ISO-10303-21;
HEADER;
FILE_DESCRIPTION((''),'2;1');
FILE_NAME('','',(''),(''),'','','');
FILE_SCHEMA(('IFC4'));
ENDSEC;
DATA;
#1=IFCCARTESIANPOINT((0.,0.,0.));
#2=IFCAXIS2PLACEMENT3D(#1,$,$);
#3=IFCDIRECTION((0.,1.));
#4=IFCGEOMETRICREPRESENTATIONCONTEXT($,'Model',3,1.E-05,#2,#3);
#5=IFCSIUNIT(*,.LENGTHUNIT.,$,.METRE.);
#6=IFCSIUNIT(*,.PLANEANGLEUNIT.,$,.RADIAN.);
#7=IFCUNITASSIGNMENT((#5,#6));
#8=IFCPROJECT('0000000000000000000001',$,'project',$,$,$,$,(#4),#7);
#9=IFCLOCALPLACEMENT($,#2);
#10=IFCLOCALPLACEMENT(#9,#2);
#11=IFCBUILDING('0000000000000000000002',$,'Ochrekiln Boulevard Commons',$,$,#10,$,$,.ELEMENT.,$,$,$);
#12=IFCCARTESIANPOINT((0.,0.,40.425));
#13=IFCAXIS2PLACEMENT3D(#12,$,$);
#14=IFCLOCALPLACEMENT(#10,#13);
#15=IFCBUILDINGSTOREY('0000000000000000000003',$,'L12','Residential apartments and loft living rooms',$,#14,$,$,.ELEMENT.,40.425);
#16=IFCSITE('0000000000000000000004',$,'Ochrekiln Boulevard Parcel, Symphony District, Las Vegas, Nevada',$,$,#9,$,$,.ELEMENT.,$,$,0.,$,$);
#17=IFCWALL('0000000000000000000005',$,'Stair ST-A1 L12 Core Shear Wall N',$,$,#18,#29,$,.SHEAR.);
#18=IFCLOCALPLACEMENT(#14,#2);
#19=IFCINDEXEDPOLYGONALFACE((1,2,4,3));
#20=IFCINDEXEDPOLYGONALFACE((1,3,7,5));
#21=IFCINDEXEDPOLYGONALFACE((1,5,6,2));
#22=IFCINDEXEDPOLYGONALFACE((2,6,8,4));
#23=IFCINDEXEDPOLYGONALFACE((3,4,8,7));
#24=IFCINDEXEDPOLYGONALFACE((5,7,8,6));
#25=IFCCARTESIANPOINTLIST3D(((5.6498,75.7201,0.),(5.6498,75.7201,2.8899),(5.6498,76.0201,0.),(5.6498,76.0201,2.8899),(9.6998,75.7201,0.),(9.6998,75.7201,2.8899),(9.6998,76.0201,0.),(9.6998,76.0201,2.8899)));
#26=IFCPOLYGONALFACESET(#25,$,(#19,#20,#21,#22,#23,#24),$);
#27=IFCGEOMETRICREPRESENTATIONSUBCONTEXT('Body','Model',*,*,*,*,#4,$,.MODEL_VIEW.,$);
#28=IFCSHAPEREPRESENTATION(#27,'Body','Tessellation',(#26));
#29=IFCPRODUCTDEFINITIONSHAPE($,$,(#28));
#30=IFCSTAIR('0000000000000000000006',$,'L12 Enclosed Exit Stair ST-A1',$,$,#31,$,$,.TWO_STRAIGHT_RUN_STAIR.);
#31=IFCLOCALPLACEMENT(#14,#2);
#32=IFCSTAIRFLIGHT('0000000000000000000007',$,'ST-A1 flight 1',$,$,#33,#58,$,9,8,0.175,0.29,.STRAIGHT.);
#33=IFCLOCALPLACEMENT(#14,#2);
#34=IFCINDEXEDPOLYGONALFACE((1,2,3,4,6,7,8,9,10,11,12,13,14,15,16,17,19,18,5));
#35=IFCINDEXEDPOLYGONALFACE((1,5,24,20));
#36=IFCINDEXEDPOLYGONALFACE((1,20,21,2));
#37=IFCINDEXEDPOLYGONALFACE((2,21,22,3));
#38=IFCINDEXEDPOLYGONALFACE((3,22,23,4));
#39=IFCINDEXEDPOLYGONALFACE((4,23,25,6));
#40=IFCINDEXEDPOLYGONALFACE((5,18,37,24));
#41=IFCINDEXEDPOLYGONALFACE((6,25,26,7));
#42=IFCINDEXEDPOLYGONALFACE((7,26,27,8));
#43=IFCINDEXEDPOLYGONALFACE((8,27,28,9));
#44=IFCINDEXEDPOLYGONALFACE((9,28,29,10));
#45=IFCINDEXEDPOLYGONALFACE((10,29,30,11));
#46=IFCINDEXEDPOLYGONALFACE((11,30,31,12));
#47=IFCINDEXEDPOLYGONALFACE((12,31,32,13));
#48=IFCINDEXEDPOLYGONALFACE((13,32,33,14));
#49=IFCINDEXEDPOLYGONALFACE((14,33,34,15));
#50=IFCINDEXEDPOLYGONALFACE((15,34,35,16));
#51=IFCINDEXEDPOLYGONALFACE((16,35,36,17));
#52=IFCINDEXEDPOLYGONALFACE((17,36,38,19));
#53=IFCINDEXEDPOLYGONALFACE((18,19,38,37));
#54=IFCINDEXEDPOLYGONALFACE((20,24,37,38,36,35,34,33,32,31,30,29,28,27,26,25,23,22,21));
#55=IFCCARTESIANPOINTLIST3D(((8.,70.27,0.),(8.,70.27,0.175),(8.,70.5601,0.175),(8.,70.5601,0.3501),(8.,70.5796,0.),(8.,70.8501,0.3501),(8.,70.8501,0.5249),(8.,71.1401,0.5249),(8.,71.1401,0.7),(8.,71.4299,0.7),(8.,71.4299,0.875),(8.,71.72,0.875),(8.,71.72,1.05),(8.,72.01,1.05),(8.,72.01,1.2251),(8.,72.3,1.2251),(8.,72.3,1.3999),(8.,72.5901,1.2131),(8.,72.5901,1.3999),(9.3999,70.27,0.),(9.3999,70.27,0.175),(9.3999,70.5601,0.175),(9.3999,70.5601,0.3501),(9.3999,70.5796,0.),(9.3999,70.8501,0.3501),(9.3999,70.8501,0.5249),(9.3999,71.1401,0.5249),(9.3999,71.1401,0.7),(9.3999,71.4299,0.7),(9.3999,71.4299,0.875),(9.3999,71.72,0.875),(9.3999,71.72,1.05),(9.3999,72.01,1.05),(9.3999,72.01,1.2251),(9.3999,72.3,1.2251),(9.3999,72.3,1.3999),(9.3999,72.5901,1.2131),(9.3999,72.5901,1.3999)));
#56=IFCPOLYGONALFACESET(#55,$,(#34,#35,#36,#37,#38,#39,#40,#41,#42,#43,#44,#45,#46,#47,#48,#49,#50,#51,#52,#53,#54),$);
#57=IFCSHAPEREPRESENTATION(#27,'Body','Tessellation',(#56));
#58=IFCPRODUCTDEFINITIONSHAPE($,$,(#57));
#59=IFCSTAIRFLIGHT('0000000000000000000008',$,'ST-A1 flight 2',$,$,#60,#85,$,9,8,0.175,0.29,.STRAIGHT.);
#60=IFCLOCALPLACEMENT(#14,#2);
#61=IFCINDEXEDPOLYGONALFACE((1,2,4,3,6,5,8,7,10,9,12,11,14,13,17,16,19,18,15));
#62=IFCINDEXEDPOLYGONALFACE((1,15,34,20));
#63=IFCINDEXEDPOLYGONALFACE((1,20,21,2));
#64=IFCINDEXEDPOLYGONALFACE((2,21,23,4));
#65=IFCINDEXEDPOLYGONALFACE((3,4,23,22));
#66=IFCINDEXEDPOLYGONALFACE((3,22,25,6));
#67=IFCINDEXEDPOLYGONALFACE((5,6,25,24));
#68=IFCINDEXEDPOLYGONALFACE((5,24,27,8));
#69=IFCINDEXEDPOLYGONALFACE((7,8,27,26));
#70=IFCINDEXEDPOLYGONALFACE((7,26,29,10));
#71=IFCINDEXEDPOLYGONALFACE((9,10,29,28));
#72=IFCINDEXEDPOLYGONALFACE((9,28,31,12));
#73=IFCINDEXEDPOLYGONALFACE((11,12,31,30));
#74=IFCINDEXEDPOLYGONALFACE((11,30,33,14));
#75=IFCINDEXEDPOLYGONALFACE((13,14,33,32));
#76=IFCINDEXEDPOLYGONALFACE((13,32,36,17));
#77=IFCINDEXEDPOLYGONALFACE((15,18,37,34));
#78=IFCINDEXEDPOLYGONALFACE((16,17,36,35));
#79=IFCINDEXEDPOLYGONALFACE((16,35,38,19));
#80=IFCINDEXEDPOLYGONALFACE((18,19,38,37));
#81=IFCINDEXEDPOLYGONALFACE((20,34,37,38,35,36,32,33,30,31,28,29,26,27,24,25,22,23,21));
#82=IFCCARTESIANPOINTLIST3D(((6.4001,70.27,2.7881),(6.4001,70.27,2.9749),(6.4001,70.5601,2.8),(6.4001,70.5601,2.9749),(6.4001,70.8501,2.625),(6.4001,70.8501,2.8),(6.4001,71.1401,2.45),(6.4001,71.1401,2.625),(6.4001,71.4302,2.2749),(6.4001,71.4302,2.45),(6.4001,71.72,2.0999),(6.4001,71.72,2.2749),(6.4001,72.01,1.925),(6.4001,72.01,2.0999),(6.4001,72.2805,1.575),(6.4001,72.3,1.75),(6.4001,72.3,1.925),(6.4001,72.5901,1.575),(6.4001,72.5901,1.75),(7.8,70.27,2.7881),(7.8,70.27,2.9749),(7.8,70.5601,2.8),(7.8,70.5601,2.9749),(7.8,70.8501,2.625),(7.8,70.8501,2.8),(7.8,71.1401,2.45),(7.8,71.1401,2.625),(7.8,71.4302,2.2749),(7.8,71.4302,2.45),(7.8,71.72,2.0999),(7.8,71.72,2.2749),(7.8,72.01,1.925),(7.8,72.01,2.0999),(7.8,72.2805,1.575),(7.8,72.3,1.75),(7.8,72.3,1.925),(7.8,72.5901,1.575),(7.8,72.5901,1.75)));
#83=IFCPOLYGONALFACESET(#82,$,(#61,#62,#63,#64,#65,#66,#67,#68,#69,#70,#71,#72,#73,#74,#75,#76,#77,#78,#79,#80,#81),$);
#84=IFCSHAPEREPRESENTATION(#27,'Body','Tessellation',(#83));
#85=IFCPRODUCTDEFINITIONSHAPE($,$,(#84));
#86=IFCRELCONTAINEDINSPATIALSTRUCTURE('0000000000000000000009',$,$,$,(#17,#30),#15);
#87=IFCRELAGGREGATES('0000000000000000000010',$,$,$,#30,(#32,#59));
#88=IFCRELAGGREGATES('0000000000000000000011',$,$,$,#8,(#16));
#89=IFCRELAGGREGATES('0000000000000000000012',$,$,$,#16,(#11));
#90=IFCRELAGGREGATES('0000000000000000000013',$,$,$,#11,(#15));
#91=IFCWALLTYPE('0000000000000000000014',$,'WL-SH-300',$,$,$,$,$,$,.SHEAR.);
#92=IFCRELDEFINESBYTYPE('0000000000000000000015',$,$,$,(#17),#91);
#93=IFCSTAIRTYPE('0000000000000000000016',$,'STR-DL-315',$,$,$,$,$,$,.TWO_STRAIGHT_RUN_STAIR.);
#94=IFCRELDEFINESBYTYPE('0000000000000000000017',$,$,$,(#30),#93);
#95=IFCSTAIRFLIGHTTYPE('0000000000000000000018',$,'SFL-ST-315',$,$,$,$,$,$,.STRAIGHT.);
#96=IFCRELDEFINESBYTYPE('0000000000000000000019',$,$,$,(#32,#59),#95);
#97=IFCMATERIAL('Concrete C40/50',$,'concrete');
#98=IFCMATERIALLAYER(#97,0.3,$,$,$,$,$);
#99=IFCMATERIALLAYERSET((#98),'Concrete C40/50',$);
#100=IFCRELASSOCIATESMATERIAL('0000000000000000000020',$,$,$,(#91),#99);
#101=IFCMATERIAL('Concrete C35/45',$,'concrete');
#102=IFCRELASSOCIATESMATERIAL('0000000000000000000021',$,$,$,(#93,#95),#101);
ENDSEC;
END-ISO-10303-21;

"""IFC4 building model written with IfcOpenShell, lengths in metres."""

from ifc_helpers import new_model, si_unit, direction, frame, frame_2d, origin, place, context, subcontext, project, spatial, polyline, rectangle, outline, extrude, material, layer, layer_set, type_object, element, aggregate, save


model = new_model("IFC4")

# Units and contexts
model_context = context("Model", 3, precision=1e-05, world=origin(), true_north=direction((0.0, 1.0)))
body_context = subcontext(model_context, "Body", "Model", "MODEL_VIEW")
ifc_project = project(units=[si_unit("LENGTHUNIT", "METRE"), si_unit("PLANEANGLEUNIT", "RADIAN")], contexts=[model_context])

# Site, building, storey
site_placement = place(None, origin())
site = spatial("IfcSite", under=ifc_project, at=site_placement, Name="Ochrekiln Boulevard Parcel, Symphony District, Las Vegas, Nevada", CompositionType="ELEMENT", RefElevation=0.0)
building_placement = place(site_placement, origin())
building = spatial("IfcBuilding", under=site, at=building_placement, Name="Ochrekiln Boulevard Commons", CompositionType="ELEMENT")
storey_placement = place(building_placement, frame((0.0, 0.0, 40.425)))
storey = spatial("IfcBuildingStorey", under=building, at=storey_placement, Name="L12", Description="Residential apartments and loft living rooms", CompositionType="ELEMENT", Elevation=40.425)

# Shared definitions
ifc_material_1 = material(Name="Concrete C35/45", Category="concrete")

# Shared definitions
ifc_material_2 = material(Name="Concrete C40/50", Category="concrete")

# Wall
ifc_layer_1 = layer(ifc_material_2, 0.3)
ifc_layer_set_1 = layer_set([ifc_layer_1], Name="Concrete C40/50")
wall_type_1 = type_object("IfcWallType", Name="WL-SH-300", PredefinedType="SHEAR", material=ifc_layer_set_1)
wall_1_placement = place(storey_placement, frame((5.6499, 75.8701, 0.0), z_axis=(0.0, 0.0, 1.0), x_axis=(1.0, 0.0, 0.0)))
element("IfcWall", 1, at=wall_1_placement, inside=storey, type_object=wall_type_1, Name="Stair ST-A1 L12 Core Shear Wall N", PredefinedType="SHEAR", context=body_context, shape_type="SweptSolid", body=[
    extrude(rectangle(XDim=4.05, YDim=0.3, at=frame_2d((2.0249, 0.0))), origin(), (0.0, 0.0, 1.0), 2.8899),
])

# Stair, stair flights
stair_type = type_object("IfcStairType", Name="STR-DL-315", PredefinedType="TWO_STRAIGHT_RUN_STAIR", material=ifc_material_1)
stair_placement = place(storey_placement, origin())
stair = element("IfcStair", 2, at=stair_placement, inside=storey, type_object=stair_type, Name="L12 Enclosed Exit Stair ST-A1", PredefinedType="TWO_STRAIGHT_RUN_STAIR")
stair_flight_type = type_object("IfcStairFlightType", Name="SFL-ST-315", PredefinedType="STRAIGHT", material=ifc_material_1)
stair_flight_1_placement = place(storey_placement, frame((8.7, 70.27, 0.0), z_axis=(0.0, 0.0, 1.0), x_axis=(0.0, 1.0, 0.0)))
stair_flight_1 = element("IfcStairFlight", 3, at=stair_flight_1_placement, type_object=stair_flight_type, Name="ST-A1 flight 1", NumberOfRisers=9, NumberOfTreads=8, PredefinedType="STRAIGHT", RiserHeight=0.175, TreadLength=0.29, context=body_context, shape_type="SweptSolid", body=[
    extrude(outline(polyline([(0.0, 0.0), (0.0, 0.175), (0.29, 0.175), (0.29, 0.3501), (0.5801, 0.3501), (0.5801, 0.5249), (0.8701, 0.5249), (0.8701, 0.7), (1.1599, 0.7), (1.1599, 0.875), (1.45, 0.875), (1.45, 1.05), (1.74, 1.05), (1.74, 1.2251), (2.03, 1.2251), (2.03, 1.3999), (2.3201, 1.3999), (2.3201, 1.575), (2.3201, 1.2131), (0.3096, 0.0), (0.0, 0.0)])), frame((0.0, 0.7, 0.0), z_axis=(0.0, -1.0, 0.0), x_axis=(1.0, 0.0, 0.0)), (0.0, 0.0, 1.0), 1.3999),
])
stair_flight_2_placement = place(storey_placement, frame((7.1001, 72.5901, 1.575), z_axis=(0.0, 0.0, 1.0), x_axis=(0.0, -1.0, 0.0)))
stair_flight_2 = element("IfcStairFlight", 4, at=stair_flight_2_placement, type_object=stair_flight_type, Name="ST-A1 flight 2", NumberOfRisers=9, NumberOfTreads=8, PredefinedType="STRAIGHT", RiserHeight=0.175, TreadLength=0.29, context=body_context, shape_type="SweptSolid", body=[
    extrude(outline(polyline([(0.0, 0.0), (0.0, 0.175), (0.29, 0.175), (0.29, 0.3501), (0.5801, 0.3501), (0.5801, 0.5249), (0.8701, 0.5249), (0.8701, 0.7), (1.1599, 0.7), (1.1599, 0.875), (1.45, 0.875), (1.45, 1.05), (1.74, 1.05), (1.74, 1.2251), (2.03, 1.2251), (2.03, 1.3999), (2.3201, 1.3999), (2.3201, 1.575), (2.3201, 1.2131), (0.3096, 0.0), (0.0, 0.0)])), frame((0.0, 0.7, 0.0), z_axis=(0.0, -1.0, 0.0), x_axis=(1.0, 0.0, 0.0)), (0.0, 0.0, 1.0), 1.3999),
])
aggregate(stair, [stair_flight_1, stair_flight_2])

save(model, "model.ifc")
